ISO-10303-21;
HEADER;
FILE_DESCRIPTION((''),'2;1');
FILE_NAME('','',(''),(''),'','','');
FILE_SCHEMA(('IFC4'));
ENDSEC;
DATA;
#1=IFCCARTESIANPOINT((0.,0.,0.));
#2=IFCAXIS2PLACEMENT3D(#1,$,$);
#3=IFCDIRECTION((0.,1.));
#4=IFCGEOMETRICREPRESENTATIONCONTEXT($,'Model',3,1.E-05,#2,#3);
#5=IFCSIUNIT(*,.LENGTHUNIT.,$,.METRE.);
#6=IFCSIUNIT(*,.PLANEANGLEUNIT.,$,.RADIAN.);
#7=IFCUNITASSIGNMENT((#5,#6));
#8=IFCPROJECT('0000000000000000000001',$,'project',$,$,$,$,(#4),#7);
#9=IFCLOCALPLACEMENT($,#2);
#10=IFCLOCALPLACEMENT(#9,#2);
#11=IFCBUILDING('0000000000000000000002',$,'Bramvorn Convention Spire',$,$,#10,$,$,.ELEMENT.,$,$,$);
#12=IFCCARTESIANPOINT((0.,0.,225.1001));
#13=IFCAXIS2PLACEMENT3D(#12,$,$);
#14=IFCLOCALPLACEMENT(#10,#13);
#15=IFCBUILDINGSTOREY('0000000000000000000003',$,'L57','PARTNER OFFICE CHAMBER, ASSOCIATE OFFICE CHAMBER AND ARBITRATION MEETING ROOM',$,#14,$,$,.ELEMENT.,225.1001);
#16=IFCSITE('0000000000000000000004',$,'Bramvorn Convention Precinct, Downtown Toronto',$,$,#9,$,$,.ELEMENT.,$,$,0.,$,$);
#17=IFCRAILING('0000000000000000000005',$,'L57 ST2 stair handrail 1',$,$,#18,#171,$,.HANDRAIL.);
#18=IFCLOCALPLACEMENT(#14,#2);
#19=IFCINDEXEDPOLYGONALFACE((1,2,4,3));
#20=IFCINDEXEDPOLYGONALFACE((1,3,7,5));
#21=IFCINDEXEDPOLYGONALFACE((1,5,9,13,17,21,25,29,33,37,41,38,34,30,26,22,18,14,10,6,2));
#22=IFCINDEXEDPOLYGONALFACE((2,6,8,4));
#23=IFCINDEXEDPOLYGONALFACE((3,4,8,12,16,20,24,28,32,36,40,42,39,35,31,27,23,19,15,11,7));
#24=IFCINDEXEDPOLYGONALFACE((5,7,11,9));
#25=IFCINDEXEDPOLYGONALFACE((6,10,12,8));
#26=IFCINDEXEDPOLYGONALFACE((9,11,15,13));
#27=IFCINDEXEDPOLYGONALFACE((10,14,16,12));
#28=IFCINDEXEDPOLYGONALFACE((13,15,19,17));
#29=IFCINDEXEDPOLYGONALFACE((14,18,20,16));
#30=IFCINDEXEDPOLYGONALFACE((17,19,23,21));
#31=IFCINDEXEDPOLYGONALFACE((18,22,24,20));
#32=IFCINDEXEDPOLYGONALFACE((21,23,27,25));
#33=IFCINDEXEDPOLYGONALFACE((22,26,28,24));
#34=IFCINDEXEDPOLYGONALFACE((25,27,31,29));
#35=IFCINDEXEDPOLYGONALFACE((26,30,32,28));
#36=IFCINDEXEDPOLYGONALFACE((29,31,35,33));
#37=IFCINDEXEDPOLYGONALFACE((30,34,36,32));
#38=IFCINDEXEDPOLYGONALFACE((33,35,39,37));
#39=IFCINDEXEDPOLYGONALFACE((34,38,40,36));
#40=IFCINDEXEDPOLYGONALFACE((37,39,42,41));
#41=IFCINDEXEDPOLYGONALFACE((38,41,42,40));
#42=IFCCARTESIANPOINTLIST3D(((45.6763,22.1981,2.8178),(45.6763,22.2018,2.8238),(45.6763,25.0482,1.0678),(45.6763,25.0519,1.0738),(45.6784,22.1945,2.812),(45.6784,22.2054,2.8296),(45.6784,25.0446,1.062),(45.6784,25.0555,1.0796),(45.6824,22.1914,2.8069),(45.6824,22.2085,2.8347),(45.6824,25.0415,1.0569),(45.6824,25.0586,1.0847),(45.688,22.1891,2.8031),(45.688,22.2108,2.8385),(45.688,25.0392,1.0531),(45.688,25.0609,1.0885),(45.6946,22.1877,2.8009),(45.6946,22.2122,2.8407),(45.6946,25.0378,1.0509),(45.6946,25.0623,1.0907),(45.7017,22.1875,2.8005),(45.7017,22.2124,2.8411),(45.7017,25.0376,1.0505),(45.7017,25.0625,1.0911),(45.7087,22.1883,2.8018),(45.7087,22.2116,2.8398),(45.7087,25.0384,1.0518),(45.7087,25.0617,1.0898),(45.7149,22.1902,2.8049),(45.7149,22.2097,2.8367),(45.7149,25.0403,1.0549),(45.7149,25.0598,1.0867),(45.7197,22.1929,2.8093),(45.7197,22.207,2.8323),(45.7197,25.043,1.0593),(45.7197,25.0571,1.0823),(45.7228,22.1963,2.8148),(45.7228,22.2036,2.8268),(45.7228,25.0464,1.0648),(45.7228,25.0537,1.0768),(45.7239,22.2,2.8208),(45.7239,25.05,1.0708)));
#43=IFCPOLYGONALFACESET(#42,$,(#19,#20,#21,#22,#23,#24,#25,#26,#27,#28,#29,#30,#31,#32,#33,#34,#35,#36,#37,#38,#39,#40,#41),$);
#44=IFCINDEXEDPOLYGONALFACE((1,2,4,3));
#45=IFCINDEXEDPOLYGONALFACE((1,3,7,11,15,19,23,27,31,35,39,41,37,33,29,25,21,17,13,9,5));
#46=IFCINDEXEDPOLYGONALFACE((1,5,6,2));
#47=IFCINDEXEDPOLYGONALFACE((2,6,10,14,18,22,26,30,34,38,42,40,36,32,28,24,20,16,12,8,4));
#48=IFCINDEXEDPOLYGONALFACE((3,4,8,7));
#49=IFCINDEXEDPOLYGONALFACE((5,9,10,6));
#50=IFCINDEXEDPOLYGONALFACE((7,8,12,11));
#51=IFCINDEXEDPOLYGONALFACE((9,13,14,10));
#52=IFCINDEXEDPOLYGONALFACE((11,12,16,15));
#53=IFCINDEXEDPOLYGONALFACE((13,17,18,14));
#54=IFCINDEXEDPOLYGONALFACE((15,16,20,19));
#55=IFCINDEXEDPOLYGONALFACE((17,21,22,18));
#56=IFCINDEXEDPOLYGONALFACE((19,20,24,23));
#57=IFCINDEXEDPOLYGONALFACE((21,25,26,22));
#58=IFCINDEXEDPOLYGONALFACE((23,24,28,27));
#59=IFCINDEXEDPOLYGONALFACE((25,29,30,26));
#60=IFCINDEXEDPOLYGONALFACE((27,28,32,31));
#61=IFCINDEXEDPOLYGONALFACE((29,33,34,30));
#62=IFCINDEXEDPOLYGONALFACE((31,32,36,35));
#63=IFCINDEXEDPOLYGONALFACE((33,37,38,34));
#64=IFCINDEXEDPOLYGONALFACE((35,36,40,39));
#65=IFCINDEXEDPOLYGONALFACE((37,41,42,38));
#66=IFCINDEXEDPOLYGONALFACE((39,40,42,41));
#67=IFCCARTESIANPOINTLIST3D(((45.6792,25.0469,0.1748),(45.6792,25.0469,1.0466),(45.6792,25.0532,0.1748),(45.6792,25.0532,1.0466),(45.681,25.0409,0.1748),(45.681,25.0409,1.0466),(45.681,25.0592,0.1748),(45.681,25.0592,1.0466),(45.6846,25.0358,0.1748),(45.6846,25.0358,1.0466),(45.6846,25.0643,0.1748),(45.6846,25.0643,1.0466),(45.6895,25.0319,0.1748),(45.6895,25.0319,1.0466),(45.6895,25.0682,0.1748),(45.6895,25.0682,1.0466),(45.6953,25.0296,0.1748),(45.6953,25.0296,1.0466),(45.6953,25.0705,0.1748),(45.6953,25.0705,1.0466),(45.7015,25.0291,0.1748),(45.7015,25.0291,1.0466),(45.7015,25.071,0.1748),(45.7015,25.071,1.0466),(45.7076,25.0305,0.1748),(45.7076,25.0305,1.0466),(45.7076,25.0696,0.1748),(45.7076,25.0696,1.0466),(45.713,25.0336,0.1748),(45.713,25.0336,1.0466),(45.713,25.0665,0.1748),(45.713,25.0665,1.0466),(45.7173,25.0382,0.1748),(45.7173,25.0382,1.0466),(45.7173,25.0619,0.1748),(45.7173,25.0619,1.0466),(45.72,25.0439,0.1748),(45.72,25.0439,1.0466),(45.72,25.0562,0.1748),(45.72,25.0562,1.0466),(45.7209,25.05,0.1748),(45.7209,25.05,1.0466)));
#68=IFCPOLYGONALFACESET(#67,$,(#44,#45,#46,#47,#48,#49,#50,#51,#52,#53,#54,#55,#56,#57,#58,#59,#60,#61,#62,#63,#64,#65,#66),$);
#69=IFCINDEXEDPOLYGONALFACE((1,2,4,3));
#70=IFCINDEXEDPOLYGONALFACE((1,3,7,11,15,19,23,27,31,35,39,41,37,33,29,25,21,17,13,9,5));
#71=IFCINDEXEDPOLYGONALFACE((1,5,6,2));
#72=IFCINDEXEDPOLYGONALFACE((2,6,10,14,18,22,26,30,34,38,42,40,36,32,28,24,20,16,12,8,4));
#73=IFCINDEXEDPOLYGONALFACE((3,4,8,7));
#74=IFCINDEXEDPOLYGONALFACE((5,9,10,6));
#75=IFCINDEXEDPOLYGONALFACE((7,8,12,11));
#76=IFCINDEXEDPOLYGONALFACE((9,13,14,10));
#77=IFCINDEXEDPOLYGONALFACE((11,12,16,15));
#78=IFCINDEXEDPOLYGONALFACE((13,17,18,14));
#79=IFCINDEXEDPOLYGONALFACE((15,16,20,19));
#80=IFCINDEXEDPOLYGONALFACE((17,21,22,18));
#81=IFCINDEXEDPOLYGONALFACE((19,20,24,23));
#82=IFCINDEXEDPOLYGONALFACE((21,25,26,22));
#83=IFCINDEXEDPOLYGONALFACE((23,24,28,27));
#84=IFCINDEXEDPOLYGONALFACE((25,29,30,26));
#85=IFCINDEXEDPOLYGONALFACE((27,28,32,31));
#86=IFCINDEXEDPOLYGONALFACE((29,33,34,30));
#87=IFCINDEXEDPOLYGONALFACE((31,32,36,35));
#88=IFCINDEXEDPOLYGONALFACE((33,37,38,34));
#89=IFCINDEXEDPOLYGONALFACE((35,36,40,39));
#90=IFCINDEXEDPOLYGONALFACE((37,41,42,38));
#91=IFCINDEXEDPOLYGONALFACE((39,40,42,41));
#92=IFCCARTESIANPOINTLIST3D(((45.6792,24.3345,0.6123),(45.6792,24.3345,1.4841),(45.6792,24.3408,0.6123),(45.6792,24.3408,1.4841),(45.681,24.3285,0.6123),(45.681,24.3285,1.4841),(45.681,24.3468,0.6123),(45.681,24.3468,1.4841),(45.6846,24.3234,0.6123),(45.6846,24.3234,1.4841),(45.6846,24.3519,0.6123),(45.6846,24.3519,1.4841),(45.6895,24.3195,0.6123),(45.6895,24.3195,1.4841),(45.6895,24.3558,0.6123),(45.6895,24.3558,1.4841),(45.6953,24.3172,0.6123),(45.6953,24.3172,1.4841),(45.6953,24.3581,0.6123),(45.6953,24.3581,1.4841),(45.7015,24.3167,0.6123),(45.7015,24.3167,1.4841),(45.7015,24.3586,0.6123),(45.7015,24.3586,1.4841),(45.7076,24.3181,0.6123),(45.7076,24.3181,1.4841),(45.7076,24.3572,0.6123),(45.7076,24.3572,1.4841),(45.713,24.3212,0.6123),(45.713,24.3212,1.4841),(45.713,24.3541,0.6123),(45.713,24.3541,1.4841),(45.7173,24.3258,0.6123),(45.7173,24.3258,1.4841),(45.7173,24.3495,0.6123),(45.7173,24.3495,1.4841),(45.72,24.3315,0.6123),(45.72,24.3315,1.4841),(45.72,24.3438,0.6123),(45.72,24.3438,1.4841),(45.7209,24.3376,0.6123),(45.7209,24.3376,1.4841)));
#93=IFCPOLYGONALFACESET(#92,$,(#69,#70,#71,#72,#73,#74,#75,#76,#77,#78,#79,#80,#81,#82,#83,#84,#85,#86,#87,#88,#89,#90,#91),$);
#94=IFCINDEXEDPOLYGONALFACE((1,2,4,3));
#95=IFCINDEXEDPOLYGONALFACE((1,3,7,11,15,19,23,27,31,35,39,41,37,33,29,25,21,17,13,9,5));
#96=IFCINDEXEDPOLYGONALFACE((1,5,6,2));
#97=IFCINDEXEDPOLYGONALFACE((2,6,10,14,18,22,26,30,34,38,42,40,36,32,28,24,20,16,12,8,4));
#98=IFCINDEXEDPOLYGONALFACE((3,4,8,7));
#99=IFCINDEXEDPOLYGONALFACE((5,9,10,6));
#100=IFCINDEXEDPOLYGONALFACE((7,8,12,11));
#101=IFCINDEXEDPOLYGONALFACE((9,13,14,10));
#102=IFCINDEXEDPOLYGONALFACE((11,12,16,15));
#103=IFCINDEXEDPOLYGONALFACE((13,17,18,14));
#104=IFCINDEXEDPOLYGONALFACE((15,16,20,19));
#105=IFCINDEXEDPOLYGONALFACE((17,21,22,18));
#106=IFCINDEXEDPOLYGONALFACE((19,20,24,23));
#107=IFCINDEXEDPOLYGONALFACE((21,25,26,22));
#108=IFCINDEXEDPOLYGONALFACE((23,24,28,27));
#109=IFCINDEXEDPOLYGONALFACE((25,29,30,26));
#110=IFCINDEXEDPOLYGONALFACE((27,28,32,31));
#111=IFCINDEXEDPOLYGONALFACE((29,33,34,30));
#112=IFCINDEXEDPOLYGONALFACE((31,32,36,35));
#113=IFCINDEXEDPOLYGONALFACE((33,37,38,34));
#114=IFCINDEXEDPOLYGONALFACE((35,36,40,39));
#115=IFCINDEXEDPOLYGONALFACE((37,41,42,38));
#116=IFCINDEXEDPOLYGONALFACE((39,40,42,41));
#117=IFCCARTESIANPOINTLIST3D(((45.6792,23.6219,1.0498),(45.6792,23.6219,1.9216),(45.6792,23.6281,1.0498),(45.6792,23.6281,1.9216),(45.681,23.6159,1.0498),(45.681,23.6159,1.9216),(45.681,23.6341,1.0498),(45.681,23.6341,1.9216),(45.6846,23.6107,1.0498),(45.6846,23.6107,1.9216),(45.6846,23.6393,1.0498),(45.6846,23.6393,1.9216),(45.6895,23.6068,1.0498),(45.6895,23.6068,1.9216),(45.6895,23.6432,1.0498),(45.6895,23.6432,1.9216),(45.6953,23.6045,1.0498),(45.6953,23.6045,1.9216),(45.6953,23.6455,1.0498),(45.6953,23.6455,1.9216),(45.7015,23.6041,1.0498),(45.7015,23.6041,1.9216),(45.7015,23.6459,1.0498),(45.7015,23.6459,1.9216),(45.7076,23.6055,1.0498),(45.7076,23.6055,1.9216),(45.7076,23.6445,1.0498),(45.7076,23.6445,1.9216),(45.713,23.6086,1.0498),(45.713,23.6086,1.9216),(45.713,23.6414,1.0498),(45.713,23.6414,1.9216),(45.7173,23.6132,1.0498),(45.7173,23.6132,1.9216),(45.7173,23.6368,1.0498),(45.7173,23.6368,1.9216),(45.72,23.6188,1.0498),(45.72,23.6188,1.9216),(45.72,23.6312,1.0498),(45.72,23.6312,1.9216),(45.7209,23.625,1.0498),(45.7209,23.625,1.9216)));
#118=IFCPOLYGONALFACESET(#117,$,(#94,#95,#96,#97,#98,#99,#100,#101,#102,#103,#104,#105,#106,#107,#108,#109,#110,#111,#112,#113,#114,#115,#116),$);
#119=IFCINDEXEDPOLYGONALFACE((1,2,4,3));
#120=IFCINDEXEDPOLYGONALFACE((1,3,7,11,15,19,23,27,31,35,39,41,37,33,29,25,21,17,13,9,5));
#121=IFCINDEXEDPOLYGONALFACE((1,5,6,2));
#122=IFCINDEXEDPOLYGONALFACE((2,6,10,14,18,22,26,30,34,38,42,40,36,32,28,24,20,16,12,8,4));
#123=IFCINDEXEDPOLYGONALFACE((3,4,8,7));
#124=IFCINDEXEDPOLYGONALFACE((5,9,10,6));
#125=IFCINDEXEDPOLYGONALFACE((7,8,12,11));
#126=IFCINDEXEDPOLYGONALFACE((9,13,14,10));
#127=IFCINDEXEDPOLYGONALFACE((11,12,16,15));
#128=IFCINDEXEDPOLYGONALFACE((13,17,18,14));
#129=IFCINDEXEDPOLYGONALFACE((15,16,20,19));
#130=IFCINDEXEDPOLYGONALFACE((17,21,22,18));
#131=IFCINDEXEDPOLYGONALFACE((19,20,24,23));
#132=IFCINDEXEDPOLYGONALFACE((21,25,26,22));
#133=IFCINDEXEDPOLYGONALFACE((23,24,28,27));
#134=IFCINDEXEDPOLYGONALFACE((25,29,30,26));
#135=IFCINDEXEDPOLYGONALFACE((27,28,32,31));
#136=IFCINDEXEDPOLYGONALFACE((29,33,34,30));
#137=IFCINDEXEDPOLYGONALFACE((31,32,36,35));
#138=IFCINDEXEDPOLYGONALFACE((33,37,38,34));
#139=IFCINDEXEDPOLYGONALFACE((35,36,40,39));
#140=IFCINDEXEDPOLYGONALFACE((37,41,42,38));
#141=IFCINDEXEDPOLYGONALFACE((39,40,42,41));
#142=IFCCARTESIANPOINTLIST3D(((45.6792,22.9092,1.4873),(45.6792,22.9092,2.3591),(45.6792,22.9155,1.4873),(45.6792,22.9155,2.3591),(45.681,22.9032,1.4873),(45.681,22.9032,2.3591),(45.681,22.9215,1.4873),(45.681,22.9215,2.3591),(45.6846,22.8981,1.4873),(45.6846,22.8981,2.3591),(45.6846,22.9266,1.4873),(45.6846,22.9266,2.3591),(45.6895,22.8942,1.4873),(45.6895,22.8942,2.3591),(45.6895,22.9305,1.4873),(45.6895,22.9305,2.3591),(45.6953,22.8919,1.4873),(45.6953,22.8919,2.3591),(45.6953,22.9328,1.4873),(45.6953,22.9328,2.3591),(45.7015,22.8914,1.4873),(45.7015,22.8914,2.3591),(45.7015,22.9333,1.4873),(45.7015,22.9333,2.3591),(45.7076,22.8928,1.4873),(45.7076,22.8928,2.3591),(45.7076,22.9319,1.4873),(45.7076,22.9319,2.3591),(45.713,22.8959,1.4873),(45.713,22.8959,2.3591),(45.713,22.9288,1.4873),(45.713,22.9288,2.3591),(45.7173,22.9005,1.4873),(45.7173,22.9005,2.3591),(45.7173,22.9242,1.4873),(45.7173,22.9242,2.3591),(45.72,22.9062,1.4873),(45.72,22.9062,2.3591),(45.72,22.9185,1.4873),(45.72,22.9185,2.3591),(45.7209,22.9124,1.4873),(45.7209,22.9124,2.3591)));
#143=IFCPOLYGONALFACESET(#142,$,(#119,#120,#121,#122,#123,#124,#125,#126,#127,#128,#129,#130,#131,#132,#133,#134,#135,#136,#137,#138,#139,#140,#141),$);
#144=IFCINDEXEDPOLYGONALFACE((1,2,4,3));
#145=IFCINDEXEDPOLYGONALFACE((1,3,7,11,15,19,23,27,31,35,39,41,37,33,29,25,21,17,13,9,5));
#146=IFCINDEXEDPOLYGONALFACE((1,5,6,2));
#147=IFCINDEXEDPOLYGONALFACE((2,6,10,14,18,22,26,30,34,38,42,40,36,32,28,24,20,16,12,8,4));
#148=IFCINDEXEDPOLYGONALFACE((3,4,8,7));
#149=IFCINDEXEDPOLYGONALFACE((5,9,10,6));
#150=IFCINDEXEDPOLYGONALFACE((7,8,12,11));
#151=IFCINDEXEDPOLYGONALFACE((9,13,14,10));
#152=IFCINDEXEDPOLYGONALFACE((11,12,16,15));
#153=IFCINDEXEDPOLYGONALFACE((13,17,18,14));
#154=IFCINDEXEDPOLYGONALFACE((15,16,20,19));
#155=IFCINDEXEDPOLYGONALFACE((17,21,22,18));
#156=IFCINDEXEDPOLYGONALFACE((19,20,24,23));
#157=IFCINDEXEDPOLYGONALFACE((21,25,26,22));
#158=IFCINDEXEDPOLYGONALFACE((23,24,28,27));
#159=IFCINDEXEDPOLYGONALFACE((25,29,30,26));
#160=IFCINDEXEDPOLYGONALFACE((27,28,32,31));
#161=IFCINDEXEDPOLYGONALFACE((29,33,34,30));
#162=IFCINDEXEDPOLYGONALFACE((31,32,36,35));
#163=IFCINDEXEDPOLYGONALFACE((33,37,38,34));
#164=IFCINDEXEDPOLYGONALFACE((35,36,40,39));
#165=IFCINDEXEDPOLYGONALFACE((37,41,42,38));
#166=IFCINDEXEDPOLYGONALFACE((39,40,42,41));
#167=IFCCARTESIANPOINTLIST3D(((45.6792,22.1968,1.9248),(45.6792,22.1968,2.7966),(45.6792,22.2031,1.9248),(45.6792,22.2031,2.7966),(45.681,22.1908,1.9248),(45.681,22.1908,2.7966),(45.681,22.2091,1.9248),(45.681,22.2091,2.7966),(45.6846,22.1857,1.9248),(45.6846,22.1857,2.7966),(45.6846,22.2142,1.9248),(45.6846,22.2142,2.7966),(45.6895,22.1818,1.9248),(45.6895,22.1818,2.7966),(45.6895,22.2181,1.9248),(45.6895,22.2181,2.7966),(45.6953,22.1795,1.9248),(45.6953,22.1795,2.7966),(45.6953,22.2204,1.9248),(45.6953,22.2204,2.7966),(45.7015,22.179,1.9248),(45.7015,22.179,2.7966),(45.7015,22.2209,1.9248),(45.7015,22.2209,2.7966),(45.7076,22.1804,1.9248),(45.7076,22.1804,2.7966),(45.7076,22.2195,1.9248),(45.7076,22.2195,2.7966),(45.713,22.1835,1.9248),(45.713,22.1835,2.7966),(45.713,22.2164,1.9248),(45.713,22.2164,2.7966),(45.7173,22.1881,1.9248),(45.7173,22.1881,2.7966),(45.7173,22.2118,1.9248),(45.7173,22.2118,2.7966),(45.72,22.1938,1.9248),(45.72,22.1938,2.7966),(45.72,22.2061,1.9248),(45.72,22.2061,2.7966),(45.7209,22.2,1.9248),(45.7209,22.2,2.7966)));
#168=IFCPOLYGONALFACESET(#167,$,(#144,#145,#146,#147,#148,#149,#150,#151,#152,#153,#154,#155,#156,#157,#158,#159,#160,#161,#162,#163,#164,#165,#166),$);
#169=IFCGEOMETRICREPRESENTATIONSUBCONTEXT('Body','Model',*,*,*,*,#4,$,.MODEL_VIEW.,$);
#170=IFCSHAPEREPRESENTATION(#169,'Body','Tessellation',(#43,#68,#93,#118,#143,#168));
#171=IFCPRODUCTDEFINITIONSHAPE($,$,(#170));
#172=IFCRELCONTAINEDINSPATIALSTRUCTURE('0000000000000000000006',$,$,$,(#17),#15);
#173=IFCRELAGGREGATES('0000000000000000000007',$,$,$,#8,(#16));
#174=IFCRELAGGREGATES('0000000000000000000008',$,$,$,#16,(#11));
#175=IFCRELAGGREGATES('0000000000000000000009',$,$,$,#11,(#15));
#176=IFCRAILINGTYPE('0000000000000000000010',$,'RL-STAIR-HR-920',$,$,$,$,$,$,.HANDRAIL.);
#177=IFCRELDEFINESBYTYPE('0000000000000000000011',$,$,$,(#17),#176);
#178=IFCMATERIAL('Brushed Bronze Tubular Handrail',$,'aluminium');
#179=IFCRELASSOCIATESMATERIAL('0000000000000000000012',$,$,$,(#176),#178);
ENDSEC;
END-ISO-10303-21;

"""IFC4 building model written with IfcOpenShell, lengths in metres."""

from ifc_helpers import new_model, si_unit, direction, frame, origin, origin_2d, place, context, subcontext, project, spatial, circle, extrude, material, type_object, element, save


model = new_model("IFC4")

# Units and contexts
model_context = context("Model", 3, precision=1e-05, world=origin(), true_north=direction((0.0, 1.0)))
body_context = subcontext(model_context, "Body", "Model", "MODEL_VIEW")
ifc_project = project(units=[si_unit("LENGTHUNIT", "METRE"), si_unit("PLANEANGLEUNIT", "RADIAN")], contexts=[model_context])

# Site, building, storey
site_placement = place(None, origin())
site = spatial("IfcSite", under=ifc_project, at=site_placement, Name="Bramvorn Convention Precinct, Downtown Toronto", CompositionType="ELEMENT", RefElevation=0.0)
building_placement = place(site_placement, origin())
building = spatial("IfcBuilding", under=site, at=building_placement, Name="Bramvorn Convention Spire", CompositionType="ELEMENT")
storey_placement = place(building_placement, frame((0.0, 0.0, 225.1001)))
storey = spatial("IfcBuildingStorey", under=building, at=storey_placement, Name="L57", Description="PARTNER OFFICE CHAMBER, ASSOCIATE OFFICE CHAMBER AND ARBITRATION MEETING ROOM", CompositionType="ELEMENT", Elevation=225.1001)

# Railing
ifc_material_1 = material(Name="Brushed Bronze Tubular Handrail", Category="aluminium")
railing_type_1 = type_object("IfcRailingType", Name="RL-STAIR-HR-920", PredefinedType="HANDRAIL", material=ifc_material_1)
railing_1_placement = place(storey_placement, frame((45.7, 25.05, 0.1748)))
element("IfcRailing", 1, at=railing_1_placement, inside=storey, type_object=railing_type_1, Name="L57 ST2 stair handrail 1", PredefinedType="HANDRAIL", context=body_context, shape_type="SweptSolid", body=[
    extrude(circle(Radius=0.0239, at=origin_2d()), frame((0.0, 0.0, 0.896), z_axis=(0.0, -0.852179, 0.52325), x_axis=(1.0, 0.0, 0.0)), (0.0, 0.0, 1.0), 3.3445),
    extrude(circle(Radius=0.021, at=origin_2d()), origin(), (0.0, 0.0, 1.0), 0.8718),
    extrude(circle(Radius=0.021, at=origin_2d()), frame((0.0, -0.7124, 0.4375)), (0.0, 0.0, 1.0), 0.8718),
    extrude(circle(Radius=0.021, at=origin_2d()), frame((0.0, -1.425, 0.875)), (0.0, 0.0, 1.0), 0.8718),
    extrude(circle(Radius=0.021, at=origin_2d()), frame((0.0, -2.1377, 1.3125)), (0.0, 0.0, 1.0), 0.8718),
    extrude(circle(Radius=0.021, at=origin_2d()), frame((0.0, -2.8501, 1.75)), (0.0, 0.0, 1.0), 0.8718),
])

save(model, "model.ifc")
